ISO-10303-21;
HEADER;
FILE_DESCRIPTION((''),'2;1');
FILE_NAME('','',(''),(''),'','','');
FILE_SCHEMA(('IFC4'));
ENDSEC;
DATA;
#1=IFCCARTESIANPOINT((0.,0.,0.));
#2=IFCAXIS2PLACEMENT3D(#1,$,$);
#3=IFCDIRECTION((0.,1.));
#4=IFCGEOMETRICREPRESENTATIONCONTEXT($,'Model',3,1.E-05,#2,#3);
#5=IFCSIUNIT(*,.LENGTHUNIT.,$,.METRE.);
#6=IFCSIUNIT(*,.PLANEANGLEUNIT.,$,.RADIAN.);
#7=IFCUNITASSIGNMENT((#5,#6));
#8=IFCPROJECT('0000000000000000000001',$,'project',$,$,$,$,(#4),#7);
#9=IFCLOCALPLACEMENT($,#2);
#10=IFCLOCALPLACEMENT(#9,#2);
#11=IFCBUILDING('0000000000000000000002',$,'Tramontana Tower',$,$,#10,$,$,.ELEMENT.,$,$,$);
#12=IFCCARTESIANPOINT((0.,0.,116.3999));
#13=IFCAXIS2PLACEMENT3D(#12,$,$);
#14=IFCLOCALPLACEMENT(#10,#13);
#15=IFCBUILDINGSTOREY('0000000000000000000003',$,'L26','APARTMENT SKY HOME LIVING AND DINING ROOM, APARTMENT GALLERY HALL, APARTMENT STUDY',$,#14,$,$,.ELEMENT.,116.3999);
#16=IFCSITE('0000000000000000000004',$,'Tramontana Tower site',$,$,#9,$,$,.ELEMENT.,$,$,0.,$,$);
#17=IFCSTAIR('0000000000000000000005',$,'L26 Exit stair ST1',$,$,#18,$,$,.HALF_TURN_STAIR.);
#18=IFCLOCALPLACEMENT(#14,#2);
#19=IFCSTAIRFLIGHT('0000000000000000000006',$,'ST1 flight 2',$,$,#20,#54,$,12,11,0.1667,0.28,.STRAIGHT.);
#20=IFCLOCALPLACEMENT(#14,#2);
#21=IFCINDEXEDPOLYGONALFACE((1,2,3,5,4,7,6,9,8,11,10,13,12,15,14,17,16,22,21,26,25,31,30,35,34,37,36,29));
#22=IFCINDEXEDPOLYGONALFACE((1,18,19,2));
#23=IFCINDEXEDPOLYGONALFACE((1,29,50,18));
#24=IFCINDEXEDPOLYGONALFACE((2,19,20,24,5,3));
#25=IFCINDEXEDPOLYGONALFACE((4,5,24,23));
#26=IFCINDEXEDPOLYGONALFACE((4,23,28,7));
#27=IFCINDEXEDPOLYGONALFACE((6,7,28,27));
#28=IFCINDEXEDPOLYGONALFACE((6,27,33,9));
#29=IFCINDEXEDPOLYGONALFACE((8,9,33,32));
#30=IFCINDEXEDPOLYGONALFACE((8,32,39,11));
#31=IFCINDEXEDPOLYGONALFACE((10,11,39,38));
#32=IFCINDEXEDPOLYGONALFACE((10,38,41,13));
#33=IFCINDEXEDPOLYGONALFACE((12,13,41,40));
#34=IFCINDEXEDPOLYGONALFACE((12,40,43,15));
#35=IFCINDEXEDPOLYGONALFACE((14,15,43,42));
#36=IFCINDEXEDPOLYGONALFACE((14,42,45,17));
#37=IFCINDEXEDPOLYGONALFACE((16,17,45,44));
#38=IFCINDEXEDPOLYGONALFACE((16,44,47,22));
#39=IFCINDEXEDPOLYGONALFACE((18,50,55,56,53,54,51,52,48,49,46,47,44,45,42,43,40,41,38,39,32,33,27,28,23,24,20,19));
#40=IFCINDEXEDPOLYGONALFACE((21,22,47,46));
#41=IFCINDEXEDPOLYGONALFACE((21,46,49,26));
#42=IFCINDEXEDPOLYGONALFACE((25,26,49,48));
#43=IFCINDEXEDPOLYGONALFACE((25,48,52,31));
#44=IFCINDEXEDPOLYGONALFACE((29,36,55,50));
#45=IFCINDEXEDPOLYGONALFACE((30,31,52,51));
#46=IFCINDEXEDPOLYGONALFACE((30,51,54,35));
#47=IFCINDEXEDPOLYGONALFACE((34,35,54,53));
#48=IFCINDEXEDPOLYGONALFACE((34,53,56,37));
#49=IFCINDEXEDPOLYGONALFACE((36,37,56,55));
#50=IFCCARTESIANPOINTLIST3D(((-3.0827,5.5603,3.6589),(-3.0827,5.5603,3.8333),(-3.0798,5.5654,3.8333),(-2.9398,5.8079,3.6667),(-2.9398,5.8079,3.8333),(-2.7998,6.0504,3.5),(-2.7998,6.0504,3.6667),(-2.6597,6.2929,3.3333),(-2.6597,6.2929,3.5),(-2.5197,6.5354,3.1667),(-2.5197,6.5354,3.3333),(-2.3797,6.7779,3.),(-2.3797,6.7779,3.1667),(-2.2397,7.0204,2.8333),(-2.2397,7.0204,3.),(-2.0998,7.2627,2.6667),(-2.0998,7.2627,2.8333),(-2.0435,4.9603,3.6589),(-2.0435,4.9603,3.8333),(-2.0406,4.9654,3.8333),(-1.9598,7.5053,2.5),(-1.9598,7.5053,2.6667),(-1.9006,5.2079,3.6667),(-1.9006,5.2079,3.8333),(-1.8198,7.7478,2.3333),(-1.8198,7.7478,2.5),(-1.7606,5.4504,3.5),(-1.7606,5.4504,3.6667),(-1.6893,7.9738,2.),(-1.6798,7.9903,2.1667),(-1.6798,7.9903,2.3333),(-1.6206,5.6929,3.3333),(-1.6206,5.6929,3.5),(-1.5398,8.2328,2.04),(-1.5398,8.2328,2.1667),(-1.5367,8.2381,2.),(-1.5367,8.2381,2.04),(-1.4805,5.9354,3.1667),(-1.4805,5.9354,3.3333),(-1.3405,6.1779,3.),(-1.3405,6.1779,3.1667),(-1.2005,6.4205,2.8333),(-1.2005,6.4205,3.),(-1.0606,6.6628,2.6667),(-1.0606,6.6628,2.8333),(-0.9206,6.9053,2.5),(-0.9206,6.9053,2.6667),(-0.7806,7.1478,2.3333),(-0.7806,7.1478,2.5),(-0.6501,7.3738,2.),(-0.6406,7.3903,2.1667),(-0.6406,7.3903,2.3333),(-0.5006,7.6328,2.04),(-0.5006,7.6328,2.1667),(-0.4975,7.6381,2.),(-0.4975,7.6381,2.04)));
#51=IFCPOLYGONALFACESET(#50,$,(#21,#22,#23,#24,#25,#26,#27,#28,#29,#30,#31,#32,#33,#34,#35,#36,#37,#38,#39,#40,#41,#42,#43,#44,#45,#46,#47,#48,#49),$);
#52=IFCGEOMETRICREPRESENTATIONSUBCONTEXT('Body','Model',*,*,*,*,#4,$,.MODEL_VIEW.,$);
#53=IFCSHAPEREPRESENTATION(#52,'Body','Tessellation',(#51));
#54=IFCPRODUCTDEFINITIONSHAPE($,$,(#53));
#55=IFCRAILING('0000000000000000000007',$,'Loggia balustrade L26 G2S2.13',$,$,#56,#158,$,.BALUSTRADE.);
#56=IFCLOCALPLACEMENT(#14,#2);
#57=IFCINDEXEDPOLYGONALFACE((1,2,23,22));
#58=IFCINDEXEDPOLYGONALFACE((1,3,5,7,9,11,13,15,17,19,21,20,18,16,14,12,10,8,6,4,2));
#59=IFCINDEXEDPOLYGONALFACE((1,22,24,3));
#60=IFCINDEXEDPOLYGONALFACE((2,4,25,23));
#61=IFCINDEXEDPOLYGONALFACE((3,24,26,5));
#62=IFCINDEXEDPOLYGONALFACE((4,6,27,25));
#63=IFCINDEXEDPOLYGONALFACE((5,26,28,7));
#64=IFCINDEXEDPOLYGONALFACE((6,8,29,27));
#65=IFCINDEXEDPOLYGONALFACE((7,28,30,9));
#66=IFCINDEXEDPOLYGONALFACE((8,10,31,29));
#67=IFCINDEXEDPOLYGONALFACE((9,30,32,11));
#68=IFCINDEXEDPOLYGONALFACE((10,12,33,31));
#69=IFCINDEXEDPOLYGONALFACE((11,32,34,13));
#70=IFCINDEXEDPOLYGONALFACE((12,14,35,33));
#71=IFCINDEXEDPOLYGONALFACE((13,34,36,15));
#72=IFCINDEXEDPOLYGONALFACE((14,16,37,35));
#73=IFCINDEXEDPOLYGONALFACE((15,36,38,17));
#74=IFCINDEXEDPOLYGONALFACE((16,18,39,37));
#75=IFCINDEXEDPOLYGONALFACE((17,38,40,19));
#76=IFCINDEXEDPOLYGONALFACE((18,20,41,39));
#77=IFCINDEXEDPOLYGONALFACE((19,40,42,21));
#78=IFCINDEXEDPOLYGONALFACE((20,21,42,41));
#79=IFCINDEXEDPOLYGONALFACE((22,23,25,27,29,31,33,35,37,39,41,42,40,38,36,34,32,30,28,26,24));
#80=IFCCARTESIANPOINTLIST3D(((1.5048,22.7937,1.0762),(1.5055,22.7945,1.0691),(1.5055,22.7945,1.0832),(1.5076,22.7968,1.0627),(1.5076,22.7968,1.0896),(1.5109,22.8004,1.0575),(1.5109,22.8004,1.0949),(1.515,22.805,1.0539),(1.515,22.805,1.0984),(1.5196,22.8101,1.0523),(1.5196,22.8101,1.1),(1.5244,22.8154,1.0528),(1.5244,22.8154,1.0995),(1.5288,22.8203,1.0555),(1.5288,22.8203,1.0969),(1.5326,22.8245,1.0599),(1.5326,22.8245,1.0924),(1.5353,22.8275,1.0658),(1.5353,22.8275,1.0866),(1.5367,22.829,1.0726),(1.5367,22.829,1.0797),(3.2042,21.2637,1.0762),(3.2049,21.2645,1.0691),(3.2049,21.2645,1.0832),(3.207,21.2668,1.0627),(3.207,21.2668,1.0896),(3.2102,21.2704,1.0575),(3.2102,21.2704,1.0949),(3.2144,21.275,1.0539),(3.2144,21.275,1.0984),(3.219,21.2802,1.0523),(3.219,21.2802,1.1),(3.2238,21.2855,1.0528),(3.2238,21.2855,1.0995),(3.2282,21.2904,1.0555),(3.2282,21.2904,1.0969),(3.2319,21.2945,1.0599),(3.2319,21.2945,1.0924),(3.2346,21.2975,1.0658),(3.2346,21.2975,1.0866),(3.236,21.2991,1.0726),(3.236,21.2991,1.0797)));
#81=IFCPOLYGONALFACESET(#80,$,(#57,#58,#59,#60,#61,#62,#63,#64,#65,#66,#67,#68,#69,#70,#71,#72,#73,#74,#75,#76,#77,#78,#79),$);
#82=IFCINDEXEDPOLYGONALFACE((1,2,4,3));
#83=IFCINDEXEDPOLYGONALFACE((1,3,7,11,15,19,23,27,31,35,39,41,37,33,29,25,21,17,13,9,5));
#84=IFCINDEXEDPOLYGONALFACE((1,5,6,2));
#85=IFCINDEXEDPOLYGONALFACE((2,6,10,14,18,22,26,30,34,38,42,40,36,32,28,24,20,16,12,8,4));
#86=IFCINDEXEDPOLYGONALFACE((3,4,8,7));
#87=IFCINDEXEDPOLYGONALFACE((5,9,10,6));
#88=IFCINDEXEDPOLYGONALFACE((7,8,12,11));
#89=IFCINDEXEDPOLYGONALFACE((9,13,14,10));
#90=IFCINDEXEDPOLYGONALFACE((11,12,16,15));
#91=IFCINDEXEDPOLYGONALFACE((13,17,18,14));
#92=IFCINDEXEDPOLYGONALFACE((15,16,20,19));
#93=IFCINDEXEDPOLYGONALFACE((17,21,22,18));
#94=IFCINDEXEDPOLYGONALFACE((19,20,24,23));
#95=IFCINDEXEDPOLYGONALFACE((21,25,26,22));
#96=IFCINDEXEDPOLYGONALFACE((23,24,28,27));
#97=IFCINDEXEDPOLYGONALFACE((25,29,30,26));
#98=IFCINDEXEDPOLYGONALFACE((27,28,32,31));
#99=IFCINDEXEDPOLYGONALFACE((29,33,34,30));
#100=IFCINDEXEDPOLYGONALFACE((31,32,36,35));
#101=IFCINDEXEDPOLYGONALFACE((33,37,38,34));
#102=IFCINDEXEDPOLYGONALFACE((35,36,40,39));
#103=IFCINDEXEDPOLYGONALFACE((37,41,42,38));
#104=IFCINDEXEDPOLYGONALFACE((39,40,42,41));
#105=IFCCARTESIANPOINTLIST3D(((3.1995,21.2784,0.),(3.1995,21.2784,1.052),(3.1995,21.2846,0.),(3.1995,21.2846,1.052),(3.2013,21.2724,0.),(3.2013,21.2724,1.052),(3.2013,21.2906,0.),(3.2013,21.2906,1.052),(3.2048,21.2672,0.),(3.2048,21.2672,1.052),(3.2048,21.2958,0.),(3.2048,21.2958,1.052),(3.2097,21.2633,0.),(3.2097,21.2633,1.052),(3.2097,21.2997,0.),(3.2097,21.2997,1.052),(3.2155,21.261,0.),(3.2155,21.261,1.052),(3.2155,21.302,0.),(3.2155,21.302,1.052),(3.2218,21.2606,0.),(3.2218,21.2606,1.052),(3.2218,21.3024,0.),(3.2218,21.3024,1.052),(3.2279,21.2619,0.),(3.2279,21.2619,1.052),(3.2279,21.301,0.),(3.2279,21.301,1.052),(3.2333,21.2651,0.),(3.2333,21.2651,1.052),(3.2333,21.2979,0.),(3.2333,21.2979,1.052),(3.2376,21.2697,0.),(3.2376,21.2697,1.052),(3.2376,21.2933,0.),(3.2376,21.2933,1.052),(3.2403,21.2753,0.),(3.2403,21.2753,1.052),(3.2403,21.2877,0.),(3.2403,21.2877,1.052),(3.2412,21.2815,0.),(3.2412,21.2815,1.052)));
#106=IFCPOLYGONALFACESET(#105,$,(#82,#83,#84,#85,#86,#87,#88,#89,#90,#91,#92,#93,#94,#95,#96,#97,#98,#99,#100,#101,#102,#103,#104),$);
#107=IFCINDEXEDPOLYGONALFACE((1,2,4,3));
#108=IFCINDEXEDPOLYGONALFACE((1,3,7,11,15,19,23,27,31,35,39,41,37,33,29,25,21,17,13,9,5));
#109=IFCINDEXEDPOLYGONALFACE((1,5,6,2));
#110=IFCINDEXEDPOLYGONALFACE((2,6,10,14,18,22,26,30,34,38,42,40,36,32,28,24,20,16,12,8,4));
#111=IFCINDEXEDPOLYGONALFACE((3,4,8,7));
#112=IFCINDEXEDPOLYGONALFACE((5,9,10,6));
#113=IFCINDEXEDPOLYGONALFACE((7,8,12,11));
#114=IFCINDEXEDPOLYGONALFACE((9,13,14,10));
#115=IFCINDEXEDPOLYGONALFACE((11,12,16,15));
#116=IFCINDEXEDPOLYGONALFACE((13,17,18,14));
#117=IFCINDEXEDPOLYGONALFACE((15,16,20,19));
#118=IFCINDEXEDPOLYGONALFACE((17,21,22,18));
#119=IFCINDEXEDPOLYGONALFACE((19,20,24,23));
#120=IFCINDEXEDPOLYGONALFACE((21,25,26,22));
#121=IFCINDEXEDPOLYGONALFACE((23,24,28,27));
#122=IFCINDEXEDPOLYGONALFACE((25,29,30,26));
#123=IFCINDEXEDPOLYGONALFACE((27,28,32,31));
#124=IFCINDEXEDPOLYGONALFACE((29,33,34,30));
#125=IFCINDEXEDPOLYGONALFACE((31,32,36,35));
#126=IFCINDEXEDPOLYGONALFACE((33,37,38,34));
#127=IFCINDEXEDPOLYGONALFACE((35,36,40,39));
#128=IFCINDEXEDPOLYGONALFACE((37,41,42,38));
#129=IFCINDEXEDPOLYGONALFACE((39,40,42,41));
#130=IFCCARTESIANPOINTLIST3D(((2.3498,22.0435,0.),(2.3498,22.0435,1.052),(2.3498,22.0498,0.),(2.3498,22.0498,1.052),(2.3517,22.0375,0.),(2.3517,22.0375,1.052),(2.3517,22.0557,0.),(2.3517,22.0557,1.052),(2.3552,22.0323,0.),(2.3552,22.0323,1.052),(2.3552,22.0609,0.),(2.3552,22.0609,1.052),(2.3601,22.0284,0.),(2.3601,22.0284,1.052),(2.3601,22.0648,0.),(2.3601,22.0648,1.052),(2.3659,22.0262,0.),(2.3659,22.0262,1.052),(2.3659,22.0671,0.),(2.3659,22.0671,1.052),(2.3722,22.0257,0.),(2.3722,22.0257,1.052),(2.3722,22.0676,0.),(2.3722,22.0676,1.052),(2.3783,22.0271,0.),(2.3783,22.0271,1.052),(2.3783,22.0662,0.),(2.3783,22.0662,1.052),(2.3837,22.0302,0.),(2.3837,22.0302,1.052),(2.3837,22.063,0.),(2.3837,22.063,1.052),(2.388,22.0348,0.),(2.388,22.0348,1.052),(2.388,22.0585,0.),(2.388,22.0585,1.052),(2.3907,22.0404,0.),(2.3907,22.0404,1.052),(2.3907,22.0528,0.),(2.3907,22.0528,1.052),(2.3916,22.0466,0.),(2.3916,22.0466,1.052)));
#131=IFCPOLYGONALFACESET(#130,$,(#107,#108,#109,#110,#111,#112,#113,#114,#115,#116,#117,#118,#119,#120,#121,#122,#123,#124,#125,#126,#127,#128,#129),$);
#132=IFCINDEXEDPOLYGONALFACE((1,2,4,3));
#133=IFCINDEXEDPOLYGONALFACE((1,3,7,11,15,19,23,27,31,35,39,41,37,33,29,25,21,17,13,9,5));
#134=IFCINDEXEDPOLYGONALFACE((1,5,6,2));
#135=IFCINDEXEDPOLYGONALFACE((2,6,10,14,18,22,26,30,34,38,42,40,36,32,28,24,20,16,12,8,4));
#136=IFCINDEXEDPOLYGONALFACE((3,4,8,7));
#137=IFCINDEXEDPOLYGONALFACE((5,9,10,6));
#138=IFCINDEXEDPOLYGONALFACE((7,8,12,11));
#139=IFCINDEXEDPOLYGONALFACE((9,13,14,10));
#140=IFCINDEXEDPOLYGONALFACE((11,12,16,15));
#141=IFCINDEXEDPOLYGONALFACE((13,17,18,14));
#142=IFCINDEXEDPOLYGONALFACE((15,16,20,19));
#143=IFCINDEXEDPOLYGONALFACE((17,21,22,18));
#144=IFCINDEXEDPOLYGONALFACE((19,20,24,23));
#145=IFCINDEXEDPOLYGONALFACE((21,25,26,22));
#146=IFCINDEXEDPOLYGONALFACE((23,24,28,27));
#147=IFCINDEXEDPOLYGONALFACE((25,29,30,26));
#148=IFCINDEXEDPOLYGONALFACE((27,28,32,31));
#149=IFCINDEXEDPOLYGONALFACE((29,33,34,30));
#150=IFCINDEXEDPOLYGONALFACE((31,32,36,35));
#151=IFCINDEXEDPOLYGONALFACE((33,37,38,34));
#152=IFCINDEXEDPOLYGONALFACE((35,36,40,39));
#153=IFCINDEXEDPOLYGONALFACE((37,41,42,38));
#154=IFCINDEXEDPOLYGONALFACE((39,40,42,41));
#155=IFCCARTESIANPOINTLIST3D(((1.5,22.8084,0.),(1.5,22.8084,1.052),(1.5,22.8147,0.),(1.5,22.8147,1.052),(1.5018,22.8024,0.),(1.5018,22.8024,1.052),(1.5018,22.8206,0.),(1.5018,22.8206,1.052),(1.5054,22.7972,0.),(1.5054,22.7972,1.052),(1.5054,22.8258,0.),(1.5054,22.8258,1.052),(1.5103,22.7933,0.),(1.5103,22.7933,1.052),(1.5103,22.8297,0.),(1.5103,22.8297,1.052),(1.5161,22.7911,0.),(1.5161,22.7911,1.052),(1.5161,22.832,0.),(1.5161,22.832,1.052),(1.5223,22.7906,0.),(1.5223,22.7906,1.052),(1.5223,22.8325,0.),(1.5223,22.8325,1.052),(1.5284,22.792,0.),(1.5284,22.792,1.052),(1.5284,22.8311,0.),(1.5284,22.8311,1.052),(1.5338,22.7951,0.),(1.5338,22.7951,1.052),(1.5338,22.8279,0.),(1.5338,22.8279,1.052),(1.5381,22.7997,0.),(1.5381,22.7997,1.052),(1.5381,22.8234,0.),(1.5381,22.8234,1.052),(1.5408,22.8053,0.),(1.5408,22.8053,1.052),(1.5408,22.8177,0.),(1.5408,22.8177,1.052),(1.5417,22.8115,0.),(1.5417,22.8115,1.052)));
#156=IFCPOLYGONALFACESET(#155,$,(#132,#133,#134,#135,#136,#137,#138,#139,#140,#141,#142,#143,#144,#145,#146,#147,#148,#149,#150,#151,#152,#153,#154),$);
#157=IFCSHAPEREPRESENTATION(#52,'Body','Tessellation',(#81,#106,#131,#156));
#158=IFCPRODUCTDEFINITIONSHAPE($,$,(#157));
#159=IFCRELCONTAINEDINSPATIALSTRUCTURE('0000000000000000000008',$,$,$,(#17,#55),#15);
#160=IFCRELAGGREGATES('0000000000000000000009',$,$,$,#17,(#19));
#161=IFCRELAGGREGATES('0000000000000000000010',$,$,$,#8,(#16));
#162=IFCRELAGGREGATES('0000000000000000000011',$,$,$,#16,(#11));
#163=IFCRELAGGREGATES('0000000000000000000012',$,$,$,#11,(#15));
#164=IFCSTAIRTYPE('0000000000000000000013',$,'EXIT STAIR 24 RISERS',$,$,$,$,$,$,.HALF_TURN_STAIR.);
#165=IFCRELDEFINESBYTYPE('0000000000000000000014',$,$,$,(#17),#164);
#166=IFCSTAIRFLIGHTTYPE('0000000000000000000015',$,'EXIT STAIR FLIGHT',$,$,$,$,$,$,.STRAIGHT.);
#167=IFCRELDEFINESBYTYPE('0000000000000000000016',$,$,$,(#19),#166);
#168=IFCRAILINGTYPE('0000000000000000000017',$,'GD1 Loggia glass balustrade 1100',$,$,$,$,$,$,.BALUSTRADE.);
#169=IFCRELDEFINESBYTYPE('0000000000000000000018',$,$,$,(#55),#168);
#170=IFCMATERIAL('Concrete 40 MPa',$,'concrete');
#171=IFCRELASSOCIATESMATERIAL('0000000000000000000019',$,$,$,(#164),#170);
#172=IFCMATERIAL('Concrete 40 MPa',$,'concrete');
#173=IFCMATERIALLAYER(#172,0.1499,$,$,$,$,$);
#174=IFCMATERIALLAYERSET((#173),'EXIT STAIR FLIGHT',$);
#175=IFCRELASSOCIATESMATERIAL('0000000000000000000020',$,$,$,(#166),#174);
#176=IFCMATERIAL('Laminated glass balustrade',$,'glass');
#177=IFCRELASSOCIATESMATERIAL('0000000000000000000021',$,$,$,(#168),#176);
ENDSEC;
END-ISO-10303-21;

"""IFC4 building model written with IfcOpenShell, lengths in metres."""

from ifc_helpers import new_model, si_unit, direction, frame, origin, origin_2d, place, context, subcontext, project, spatial, polyline, circle, outline, extrude, material, layer, layer_set, type_object, element, aggregate, save


model = new_model("IFC4")

# Units and contexts
model_context = context("Model", 3, precision=1e-05, world=origin(), true_north=direction((0.0, 1.0)))
body_context = subcontext(model_context, "Body", "Model", "MODEL_VIEW")
ifc_project = project(units=[si_unit("LENGTHUNIT", "METRE"), si_unit("PLANEANGLEUNIT", "RADIAN")], contexts=[model_context])

# Site, building, storey
site_placement = place(None, origin())
site = spatial("IfcSite", under=ifc_project, at=site_placement, Name="Tramontana Tower site", CompositionType="ELEMENT", RefElevation=0.0)
building_placement = place(site_placement, origin())
building = spatial("IfcBuilding", under=site, at=building_placement, Name="Tramontana Tower", CompositionType="ELEMENT")
storey_placement = place(building_placement, frame((0.0, 0.0, 116.3999)))
storey = spatial("IfcBuildingStorey", under=building, at=storey_placement, Name="L26", Description="APARTMENT SKY HOME LIVING AND DINING ROOM, APARTMENT GALLERY HALL, APARTMENT STUDY", CompositionType="ELEMENT", Elevation=116.3999)

# Stair, stair flight
ifc_material_1 = material(Name="Concrete 40 MPa", Category="concrete")
stair_type = type_object("IfcStairType", Name="EXIT STAIR 24 RISERS", PredefinedType="HALF_TURN_STAIR", material=ifc_material_1)
stair_placement = place(storey_placement, origin())
stair = element("IfcStair", 1, at=stair_placement, inside=storey, type_object=stair_type, Name="L26 Exit stair ST1", PredefinedType="HALF_TURN_STAIR")
ifc_material_2 = material(Name="Concrete 40 MPa", Category="concrete")
ifc_layer_1 = layer(ifc_material_2, 0.1499)
ifc_layer_set_1 = layer_set([ifc_layer_1], Name="EXIT STAIR FLIGHT")
stair_flight_type = type_object("IfcStairFlightType", Name="EXIT STAIR FLIGHT", PredefinedType="STRAIGHT", material=ifc_layer_set_1)
stair_flight_placement = place(storey_placement, frame((-1.0203, 7.9329, 2.0), z_axis=(0.0, 0.0, 1.0), x_axis=(-0.5, -0.866025, 0.0)))
stair_flight = element("IfcStairFlight", 2, at=stair_flight_placement, type_object=stair_flight_type, Name="ST1 flight 2", NumberOfRisers=12, NumberOfTreads=11, PredefinedType="STRAIGHT", RiserHeight=0.1667, TreadLength=0.28, context=body_context, shape_type="SweptSolid", body=[
    extrude(outline(polyline([(-0.0061, 0.0), (-0.0061, 0.04), (0.0, 0.04), (0.0, 0.1667), (0.28, 0.1667), (0.28, 0.3333), (0.5601, 0.3333), (0.5601, 0.5), (0.8401, 0.5), (0.8401, 0.6667), (1.1201, 0.6667), (1.1201, 0.8333), (1.3999, 0.8333), (1.3999, 1.0), (1.6799, 1.0), (1.6799, 1.1667), (1.96, 1.1667), (1.96, 1.3333), (2.24, 1.3333), (2.24, 1.5), (2.52, 1.5), (2.52, 1.6667), (2.8, 1.6667), (2.8, 1.8333), (3.0801, 1.8333), (3.0859, 1.8333), (3.0859, 1.6589), (0.2991, 0.0), (-0.0061, 0.0)])), frame((0.0, 0.6001, 0.0), z_axis=(0.0, -1.0, 0.0), x_axis=(1.0, 0.0, 0.0)), (0.0, 0.0, 1.0), 1.2),
])
aggregate(stair, [stair_flight])

# Railing
ifc_material_3 = material(Name="Laminated glass balustrade", Category="glass")
railing_type_1 = type_object("IfcRailingType", Name="GD1 Loggia glass balustrade 1100", PredefinedType="BALUSTRADE", material=ifc_material_3)
railing_1_placement = place(storey_placement, frame((3.2202, 21.2815, 0.0)))
element("IfcRailing", 3, at=railing_1_placement, inside=storey, type_object=railing_type_1, Name="Loggia balustrade L26 G2S2.13", PredefinedType="BALUSTRADE", context=body_context, shape_type="SweptSolid", body=[
    extrude(circle(Radius=0.0239, at=origin_2d()), frame((0.0, 0.0, 1.0762), z_axis=(-0.743183, 0.669089, 0.0), x_axis=(-0.669089, -0.743183, 0.0)), (0.0, 0.0, 1.0), 2.2866),
    extrude(circle(Radius=0.021, at=origin_2d()), origin(), (0.0, 0.0, 1.0), 1.052),
    extrude(circle(Radius=0.021, at=origin_2d()), frame((-0.8496, 0.7651, 0.0)), (0.0, 0.0, 1.0), 1.052),
    extrude(circle(Radius=0.021, at=origin_2d()), frame((-1.6995, 1.53, 0.0)), (0.0, 0.0, 1.0), 1.052),
])

save(model, "model.ifc")
